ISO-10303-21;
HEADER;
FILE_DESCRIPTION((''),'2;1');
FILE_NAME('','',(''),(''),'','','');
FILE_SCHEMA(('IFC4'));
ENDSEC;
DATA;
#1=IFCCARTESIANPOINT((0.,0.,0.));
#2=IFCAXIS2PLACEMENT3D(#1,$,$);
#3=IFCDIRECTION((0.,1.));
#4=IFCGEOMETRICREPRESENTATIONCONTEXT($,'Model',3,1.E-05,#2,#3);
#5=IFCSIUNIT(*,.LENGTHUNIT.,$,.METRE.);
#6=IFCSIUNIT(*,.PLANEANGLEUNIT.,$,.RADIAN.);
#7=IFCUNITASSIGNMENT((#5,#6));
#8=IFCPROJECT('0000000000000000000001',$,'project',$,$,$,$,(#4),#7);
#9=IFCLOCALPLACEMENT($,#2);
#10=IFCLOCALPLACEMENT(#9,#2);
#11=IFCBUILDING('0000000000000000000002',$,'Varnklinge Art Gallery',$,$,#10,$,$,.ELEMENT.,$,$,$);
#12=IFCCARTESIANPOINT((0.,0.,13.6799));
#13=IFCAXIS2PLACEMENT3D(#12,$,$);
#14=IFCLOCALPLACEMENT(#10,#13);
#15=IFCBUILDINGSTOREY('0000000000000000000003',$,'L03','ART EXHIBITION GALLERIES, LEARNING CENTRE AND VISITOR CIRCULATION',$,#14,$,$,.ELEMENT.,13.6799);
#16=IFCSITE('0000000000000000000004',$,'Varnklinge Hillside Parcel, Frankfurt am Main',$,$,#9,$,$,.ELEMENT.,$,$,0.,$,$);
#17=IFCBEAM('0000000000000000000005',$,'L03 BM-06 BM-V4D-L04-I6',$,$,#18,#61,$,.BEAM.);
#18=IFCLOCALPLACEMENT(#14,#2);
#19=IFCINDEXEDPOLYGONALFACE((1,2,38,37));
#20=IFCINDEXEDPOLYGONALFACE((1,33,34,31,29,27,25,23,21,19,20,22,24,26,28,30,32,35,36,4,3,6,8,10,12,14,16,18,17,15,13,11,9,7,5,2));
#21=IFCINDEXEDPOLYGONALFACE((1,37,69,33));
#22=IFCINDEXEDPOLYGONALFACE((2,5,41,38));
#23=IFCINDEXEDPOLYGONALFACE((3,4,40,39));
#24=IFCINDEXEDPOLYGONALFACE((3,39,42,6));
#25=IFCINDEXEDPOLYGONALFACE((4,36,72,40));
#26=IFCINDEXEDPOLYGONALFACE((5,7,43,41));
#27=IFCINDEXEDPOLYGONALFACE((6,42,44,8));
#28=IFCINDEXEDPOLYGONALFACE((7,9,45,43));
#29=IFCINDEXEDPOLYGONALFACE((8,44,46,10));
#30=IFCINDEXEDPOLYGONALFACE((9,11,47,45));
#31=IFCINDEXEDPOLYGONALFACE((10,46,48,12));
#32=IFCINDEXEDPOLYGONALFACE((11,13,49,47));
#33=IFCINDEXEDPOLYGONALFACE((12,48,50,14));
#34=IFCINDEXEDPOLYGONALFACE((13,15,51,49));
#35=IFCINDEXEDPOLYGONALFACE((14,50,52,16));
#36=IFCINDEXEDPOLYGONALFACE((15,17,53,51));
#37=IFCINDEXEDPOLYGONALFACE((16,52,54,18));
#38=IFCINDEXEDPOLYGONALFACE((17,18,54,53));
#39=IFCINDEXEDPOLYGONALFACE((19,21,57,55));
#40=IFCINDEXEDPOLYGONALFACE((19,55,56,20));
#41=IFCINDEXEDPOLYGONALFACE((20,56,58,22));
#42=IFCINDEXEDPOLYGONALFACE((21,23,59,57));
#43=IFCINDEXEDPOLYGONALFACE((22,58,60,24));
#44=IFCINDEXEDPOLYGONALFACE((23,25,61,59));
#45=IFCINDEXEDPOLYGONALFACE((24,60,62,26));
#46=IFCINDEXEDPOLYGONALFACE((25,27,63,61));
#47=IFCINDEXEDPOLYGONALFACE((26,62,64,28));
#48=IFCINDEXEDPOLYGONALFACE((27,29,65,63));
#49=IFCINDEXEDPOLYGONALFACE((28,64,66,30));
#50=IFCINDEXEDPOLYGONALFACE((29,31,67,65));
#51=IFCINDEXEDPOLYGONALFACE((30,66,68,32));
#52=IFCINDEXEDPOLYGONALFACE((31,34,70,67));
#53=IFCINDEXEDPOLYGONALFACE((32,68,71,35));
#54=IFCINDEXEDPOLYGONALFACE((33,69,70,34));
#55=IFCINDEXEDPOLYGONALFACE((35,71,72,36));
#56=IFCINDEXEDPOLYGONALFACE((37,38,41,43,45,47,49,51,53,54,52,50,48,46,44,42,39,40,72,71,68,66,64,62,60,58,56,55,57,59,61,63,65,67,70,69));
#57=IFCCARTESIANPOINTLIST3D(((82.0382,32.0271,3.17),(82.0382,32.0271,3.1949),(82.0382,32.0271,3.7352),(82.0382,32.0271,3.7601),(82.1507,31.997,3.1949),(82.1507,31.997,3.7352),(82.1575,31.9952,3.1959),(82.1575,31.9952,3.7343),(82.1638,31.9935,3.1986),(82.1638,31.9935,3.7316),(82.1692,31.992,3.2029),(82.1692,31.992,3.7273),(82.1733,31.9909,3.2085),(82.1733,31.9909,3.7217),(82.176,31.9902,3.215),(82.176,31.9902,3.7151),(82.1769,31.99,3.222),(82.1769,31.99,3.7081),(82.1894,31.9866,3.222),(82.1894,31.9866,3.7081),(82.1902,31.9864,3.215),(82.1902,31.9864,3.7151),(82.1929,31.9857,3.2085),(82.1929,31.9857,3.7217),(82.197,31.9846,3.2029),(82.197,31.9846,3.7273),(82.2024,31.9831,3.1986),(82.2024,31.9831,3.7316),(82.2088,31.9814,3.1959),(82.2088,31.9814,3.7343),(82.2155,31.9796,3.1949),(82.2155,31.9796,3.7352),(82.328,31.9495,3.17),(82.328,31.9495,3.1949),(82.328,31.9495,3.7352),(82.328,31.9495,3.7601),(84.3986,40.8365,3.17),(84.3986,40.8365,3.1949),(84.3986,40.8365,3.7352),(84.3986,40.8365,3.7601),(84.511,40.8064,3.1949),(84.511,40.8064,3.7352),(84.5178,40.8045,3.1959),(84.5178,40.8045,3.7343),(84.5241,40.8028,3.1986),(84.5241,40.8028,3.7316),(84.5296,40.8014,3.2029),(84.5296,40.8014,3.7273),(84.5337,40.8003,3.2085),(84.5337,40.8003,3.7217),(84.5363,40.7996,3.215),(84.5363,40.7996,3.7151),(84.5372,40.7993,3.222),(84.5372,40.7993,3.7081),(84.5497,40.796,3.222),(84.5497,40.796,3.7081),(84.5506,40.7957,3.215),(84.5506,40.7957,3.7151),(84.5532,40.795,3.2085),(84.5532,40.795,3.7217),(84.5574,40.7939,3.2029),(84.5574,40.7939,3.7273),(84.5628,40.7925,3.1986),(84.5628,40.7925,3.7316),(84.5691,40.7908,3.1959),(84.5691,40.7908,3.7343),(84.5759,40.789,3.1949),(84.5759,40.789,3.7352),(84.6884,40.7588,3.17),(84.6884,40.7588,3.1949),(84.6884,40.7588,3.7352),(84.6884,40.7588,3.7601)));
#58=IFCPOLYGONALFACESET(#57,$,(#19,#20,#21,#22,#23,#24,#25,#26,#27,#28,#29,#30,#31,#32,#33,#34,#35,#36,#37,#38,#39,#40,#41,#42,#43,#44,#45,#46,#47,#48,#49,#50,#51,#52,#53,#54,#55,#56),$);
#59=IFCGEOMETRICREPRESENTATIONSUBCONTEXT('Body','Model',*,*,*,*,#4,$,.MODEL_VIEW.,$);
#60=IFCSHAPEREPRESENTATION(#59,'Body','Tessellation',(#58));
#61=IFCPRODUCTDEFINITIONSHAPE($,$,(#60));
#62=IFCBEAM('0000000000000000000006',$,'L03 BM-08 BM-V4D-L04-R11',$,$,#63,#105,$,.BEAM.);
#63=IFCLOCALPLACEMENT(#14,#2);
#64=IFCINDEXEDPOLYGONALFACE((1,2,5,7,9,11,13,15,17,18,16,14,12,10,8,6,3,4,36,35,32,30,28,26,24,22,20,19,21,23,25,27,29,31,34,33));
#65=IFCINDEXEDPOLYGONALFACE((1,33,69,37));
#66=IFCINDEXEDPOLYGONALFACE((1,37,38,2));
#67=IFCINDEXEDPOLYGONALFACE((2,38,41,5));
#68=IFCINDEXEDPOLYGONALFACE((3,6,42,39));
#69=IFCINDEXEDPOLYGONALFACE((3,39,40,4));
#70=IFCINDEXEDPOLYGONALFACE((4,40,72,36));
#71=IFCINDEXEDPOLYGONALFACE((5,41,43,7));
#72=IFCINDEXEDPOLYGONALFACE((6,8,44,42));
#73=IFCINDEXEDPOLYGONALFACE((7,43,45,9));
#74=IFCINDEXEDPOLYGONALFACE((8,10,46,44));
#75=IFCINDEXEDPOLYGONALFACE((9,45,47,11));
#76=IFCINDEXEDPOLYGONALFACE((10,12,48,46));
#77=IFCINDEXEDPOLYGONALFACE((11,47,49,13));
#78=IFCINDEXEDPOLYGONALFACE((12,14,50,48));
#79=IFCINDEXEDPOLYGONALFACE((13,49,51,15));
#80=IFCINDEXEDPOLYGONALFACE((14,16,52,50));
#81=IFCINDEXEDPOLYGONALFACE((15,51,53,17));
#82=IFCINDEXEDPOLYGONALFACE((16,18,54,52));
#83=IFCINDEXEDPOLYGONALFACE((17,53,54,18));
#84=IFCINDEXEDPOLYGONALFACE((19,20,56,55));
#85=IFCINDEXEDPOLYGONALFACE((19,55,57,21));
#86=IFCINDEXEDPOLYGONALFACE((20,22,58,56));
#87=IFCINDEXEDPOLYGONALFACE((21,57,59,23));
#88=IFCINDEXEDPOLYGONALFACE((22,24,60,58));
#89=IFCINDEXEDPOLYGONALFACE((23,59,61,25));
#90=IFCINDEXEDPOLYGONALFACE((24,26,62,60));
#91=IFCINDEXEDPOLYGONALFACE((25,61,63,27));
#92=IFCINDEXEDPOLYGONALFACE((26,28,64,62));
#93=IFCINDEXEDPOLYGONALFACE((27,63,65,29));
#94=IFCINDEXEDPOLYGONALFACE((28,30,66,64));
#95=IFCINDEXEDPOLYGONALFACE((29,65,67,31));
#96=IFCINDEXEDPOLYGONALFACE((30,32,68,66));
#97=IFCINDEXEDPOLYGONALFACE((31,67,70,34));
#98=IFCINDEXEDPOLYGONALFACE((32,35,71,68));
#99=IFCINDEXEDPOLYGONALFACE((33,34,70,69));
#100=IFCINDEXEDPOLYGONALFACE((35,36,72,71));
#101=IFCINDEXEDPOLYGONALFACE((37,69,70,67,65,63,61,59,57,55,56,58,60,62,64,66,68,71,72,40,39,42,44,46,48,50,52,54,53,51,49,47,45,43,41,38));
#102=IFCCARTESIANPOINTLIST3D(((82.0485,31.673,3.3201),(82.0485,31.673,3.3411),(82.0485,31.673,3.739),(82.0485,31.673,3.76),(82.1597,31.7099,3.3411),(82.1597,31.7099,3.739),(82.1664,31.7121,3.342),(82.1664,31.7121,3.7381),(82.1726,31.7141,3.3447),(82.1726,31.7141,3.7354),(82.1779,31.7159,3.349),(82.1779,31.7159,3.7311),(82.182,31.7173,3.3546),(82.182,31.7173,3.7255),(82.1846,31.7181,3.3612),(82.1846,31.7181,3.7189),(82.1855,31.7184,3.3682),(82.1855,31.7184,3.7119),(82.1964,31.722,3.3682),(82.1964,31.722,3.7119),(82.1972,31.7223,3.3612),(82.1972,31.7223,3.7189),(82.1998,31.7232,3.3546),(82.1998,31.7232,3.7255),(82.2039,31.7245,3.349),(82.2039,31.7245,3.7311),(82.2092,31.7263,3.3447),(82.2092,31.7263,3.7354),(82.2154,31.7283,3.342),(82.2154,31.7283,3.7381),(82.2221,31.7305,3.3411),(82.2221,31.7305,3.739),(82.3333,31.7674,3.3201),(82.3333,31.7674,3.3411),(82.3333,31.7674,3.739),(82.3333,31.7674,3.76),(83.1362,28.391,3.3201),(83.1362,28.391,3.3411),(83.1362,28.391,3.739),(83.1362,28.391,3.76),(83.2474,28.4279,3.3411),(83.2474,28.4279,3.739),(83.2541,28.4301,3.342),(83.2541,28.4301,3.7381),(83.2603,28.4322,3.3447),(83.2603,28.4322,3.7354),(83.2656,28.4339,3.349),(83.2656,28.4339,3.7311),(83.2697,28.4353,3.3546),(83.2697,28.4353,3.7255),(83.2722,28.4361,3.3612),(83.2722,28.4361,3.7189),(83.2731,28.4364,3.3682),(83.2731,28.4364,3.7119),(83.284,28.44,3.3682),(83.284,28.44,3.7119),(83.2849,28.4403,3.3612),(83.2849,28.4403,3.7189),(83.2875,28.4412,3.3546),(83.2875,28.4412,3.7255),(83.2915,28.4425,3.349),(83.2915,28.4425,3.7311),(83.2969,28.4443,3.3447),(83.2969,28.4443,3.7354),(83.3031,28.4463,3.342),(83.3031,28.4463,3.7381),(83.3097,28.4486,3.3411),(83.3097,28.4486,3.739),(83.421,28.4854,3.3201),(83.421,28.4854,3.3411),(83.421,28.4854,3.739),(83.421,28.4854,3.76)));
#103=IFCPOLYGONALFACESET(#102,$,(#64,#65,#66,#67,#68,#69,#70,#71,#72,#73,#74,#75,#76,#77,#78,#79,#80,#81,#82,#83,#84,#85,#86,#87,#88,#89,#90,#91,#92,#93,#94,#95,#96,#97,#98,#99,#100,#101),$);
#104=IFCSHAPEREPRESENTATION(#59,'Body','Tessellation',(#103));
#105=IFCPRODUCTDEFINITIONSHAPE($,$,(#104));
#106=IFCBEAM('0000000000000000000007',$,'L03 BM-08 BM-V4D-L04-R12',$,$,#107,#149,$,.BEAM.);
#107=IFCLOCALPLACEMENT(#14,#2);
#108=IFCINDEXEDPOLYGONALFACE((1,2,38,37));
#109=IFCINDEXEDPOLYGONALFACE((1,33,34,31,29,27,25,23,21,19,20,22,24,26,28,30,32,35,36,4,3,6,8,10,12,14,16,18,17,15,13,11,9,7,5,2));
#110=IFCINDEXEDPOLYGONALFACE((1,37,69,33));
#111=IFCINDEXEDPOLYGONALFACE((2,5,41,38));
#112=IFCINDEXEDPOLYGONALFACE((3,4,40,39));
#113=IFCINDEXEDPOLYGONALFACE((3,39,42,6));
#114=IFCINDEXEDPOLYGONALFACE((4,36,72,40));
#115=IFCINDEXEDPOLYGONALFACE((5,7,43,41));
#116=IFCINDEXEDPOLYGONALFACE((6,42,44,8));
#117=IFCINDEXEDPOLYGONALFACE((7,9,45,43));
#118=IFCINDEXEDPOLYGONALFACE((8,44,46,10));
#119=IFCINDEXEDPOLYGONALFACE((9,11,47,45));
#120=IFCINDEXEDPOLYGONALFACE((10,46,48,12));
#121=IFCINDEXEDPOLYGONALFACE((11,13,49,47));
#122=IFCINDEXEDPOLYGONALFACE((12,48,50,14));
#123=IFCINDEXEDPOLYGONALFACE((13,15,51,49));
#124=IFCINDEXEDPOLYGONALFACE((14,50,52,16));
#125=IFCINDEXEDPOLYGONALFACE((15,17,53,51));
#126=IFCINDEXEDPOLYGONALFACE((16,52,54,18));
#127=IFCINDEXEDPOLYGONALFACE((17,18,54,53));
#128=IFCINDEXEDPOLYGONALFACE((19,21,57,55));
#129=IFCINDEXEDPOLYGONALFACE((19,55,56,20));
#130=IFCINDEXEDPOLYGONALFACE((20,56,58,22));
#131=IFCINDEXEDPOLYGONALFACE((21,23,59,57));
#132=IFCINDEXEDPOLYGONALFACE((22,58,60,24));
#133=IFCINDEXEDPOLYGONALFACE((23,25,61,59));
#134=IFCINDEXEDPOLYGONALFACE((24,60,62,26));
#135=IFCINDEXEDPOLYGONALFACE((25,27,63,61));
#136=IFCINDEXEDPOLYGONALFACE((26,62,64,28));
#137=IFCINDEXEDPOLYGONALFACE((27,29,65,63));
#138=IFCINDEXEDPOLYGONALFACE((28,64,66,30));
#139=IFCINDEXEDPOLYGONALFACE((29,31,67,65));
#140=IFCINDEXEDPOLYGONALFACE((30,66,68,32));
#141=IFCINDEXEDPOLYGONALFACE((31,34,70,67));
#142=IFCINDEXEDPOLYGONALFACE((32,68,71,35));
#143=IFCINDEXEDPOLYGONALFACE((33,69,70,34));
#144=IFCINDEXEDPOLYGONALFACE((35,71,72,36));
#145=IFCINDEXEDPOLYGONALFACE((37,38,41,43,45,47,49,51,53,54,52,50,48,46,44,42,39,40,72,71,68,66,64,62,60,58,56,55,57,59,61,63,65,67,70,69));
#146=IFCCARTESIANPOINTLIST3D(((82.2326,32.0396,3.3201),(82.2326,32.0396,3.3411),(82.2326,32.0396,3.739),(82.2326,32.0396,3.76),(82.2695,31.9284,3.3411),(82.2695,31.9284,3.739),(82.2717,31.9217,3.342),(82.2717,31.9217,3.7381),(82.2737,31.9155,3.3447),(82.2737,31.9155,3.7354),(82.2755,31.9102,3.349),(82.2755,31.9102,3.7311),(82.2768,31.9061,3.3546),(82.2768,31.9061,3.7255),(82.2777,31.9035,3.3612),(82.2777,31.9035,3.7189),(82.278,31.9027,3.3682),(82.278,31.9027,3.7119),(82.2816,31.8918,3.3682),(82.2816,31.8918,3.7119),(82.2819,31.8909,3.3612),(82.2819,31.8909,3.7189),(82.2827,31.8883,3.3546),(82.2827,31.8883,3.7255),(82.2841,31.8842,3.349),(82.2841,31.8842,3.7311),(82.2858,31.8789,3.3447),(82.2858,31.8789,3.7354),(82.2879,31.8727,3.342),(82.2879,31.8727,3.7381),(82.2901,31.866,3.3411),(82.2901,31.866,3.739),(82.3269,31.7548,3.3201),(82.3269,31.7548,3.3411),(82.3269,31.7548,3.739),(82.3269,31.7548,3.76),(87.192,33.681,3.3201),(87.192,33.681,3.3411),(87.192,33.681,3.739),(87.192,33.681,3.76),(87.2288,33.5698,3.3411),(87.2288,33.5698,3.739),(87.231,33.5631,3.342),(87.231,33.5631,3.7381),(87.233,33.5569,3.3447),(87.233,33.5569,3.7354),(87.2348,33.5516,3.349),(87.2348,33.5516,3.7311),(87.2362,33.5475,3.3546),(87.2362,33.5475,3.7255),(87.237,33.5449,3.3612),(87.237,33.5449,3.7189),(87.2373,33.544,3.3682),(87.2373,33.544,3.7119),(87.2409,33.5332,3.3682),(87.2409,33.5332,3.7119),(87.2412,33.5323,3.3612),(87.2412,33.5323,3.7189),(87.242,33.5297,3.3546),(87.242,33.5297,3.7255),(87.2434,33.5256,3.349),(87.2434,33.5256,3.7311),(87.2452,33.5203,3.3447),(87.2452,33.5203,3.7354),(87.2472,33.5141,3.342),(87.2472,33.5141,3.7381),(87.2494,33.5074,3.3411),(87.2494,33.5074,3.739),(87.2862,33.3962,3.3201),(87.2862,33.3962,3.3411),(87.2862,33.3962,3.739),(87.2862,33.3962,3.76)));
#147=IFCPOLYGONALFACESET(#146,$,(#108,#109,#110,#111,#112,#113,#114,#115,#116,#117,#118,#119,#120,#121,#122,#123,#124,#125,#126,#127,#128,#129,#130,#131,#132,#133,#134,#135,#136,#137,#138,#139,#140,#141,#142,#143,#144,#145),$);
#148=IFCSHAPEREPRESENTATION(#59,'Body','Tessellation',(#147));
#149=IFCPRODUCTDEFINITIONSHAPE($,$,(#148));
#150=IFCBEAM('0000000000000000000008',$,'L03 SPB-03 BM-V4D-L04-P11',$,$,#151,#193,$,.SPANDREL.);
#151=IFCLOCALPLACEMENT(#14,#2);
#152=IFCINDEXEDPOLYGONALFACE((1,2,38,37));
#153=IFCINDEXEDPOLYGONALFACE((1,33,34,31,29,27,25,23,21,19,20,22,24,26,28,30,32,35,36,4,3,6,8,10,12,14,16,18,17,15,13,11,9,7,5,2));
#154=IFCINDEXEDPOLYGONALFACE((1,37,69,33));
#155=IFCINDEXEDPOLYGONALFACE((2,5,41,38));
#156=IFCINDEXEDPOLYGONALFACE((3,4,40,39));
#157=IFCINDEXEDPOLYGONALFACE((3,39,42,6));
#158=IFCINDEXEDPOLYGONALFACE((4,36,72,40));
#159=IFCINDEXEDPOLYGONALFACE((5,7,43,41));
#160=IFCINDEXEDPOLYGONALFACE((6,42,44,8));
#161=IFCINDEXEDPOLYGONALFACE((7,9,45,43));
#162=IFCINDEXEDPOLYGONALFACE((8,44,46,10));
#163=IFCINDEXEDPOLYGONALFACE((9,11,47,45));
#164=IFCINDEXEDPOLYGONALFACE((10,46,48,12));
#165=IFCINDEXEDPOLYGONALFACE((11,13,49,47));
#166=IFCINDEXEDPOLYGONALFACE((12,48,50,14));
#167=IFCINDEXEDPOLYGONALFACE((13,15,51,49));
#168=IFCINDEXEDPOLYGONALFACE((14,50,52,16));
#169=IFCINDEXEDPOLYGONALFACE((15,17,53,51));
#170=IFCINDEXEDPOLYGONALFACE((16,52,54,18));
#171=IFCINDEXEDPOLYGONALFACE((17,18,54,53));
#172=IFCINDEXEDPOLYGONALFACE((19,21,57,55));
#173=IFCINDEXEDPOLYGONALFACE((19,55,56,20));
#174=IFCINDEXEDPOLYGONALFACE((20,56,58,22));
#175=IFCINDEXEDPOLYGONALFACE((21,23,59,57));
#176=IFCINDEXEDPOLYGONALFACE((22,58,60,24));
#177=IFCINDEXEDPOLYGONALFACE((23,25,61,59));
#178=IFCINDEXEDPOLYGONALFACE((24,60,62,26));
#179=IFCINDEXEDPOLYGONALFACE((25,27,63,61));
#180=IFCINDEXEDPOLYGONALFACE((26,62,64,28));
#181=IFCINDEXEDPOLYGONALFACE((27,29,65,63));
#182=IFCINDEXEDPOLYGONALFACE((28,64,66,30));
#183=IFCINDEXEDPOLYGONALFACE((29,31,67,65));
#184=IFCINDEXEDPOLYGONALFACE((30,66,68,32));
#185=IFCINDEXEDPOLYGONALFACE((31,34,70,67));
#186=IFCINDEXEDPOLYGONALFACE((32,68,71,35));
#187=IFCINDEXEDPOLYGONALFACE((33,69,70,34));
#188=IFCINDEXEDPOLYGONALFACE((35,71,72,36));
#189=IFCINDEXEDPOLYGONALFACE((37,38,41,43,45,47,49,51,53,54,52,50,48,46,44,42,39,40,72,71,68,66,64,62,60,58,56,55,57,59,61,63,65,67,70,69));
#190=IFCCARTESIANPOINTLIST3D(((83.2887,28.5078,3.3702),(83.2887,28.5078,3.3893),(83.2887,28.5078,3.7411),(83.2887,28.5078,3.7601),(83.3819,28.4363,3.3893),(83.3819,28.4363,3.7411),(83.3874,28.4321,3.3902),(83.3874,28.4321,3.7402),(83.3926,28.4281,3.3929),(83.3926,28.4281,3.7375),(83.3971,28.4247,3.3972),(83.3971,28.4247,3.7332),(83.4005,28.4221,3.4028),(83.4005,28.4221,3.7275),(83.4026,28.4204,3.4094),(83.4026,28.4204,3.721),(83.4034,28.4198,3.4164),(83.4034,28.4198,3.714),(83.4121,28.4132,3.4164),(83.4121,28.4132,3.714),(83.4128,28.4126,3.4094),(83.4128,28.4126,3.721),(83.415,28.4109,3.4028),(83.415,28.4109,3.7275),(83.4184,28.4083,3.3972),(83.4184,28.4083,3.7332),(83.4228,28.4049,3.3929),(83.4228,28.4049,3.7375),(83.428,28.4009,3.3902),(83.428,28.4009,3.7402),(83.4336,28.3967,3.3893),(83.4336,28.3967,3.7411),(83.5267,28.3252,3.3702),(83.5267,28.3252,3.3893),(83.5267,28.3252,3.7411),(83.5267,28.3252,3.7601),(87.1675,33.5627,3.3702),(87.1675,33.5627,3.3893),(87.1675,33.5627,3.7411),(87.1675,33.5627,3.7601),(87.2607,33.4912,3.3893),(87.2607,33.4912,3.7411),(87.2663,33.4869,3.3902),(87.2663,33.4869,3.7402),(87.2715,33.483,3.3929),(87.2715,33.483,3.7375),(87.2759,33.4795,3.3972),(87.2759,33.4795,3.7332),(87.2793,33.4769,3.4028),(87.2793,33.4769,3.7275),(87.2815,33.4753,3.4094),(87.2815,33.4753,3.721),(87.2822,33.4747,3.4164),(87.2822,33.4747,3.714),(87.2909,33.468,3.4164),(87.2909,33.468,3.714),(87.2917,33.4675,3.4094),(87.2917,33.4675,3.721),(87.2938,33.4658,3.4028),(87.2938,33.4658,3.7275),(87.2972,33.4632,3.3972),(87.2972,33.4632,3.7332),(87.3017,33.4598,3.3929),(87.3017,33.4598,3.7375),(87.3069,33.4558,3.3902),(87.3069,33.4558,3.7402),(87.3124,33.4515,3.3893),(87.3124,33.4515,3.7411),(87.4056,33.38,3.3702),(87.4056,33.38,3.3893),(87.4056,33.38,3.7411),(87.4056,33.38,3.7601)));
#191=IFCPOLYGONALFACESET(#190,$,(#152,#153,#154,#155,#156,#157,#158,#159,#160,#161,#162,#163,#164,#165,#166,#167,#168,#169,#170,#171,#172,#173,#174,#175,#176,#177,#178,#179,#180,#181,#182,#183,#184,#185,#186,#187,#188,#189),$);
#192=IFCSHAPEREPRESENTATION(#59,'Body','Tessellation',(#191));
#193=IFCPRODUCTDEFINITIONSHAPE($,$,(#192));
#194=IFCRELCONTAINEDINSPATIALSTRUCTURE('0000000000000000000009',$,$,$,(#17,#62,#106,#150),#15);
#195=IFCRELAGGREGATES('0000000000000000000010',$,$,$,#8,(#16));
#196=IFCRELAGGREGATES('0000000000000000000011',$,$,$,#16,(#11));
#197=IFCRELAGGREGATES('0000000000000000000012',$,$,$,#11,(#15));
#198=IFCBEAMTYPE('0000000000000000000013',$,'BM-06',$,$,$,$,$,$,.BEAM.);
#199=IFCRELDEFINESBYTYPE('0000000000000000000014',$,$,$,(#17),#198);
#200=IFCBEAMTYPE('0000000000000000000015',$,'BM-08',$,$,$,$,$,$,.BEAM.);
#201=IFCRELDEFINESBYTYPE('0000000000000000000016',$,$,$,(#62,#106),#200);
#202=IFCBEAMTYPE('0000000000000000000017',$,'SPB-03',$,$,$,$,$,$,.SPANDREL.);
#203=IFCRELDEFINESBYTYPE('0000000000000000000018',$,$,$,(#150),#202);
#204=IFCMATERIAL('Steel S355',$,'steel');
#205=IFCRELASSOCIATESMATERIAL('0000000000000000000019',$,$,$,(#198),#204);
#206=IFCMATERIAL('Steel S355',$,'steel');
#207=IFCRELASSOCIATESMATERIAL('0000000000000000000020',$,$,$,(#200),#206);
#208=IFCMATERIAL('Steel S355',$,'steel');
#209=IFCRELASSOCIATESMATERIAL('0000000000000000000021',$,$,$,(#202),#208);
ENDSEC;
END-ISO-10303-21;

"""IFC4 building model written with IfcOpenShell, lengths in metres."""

from ifc_helpers import new_model, si_unit, direction, frame, origin, origin_2d, place, context, subcontext, project, spatial, i_section, extrude, material, material_profile, profile_set, type_object, element, save


model = new_model("IFC4")

# Units and contexts
model_context = context("Model", 3, precision=1e-05, world=origin(), true_north=direction((0.0, 1.0)))
body_context = subcontext(model_context, "Body", "Model", "MODEL_VIEW")
ifc_project = project(units=[si_unit("LENGTHUNIT", "METRE"), si_unit("PLANEANGLEUNIT", "RADIAN")], contexts=[model_context])

# Site, building, storey
site_placement = place(None, origin())
site = spatial("IfcSite", under=ifc_project, at=site_placement, Name="Varnklinge Hillside Parcel, Frankfurt am Main", CompositionType="ELEMENT", RefElevation=0.0)
building_placement = place(site_placement, origin())
building = spatial("IfcBuilding", under=site, at=building_placement, Name="Varnklinge Art Gallery", CompositionType="ELEMENT")
storey_placement = place(building_placement, frame((0.0, 0.0, 13.6799)))
storey = spatial("IfcBuildingStorey", under=building, at=storey_placement, Name="L03", Description="ART EXHIBITION GALLERIES, LEARNING CENTRE AND VISITOR CIRCULATION", CompositionType="ELEMENT", Elevation=13.6799)

# Beams
ifc_material_1 = material(Name="Steel S355", Category="steel")
ifc_material_profile_1 = material_profile(ifc_material_1, i_section(OverallWidth=0.3, OverallDepth=0.5901, WebThickness=0.0129, FlangeThickness=0.0249, FilletRadius=0.0271, at=origin_2d()), Name="HEA 600")
ifc_profile_set_1 = profile_set([ifc_material_profile_1], Name="Steel S355")
beam_type_1 = type_object("IfcBeamType", Name="BM-06", PredefinedType="BEAM", material=ifc_profile_set_1)
beam_1_placement = place(storey_placement, frame((82.1831, 31.9883, 3.4651), z_axis=(0.258809, 0.965929, 0.0), x_axis=(-0.965929, 0.258809, 0.0)))
element("IfcBeam", 1, at=beam_1_placement, inside=storey, type_object=beam_type_1, Name="L03 BM-06 BM-V4D-L04-I6", PredefinedType="BEAM", context=body_context, shape_type="SweptSolid", body=[
    extrude(i_section(OverallWidth=0.3, OverallDepth=0.5901, WebThickness=0.0129, FlangeThickness=0.0249, FilletRadius=0.0271, at=origin_2d()), origin(), (0.0, 0.0, 1.0), 9.1201),
])
ifc_material_2 = material(Name="Steel S355", Category="steel")
ifc_material_profile_2 = material_profile(ifc_material_2, i_section(OverallWidth=0.3, OverallDepth=0.4399, WebThickness=0.0115, FlangeThickness=0.021, FilletRadius=0.0271, at=origin_2d()), Name="HEA 450")
ifc_profile_set_2 = profile_set([ifc_material_profile_2], Name="Steel S355")
beam_type_2 = type_object("IfcBeamType", Name="BM-08", PredefinedType="BEAM", material=ifc_profile_set_2)
beam_2_placement = place(storey_placement, frame((82.1909, 31.7202, 3.54), z_axis=(0.314575, -0.949233, 0.0), x_axis=(0.949233, 0.314575, 0.0)))
element("IfcBeam", 2, at=beam_2_placement, inside=storey, type_object=beam_type_2, Name="L03 BM-08 BM-V4D-L04-R11", PredefinedType="BEAM", context=body_context, shape_type="SweptSolid", body=[
    extrude(i_section(OverallWidth=0.3, OverallDepth=0.4399, WebThickness=0.0115, FlangeThickness=0.021, FilletRadius=0.0271, at=origin_2d()), origin(), (0.0, 0.0, 1.0), 3.4575),
])
beam_3_placement = place(storey_placement, frame((82.2798, 31.8972, 3.54), z_axis=(0.949354, 0.314208, 0.0), x_axis=(-0.314208, 0.949354, 0.0)))
element("IfcBeam", 3, at=beam_3_placement, inside=storey, type_object=beam_type_2, Name="L03 BM-08 BM-V4D-L04-R12", PredefinedType="BEAM", context=body_context, shape_type="SweptSolid", body=[
    extrude(i_section(OverallWidth=0.3, OverallDepth=0.4399, WebThickness=0.0115, FlangeThickness=0.021, FilletRadius=0.0271, at=origin_2d()), origin(), (0.0, 0.0, 1.0), 5.2239),
])
ifc_material_3 = material(Name="Steel S355", Category="steel")
ifc_material_profile_3 = material_profile(ifc_material_3, i_section(OverallWidth=0.3, OverallDepth=0.3899, WebThickness=0.011, FlangeThickness=0.019, FilletRadius=0.0271, at=origin_2d()), Name="HEA 400")
ifc_profile_set_3 = profile_set([ifc_material_profile_3], Name="Steel S355")
beam_type_3 = type_object("IfcBeamType", Name="SPB-03", PredefinedType="SPANDREL", material=ifc_profile_set_3)
beam_4_placement = place(storey_placement, frame((83.4077, 28.4165, 3.5652), z_axis=(0.608773, 0.793344, 0.0), x_axis=(-0.793344, 0.608773, 0.0)))
element("IfcBeam", 4, at=beam_4_placement, inside=storey, type_object=beam_type_3, Name="L03 SPB-03 BM-V4D-L04-P11", PredefinedType="SPANDREL", context=body_context, shape_type="SweptSolid", body=[
    extrude(i_section(OverallWidth=0.3, OverallDepth=0.3899, WebThickness=0.011, FlangeThickness=0.019, FilletRadius=0.0271, at=origin_2d()), origin(), (0.0, 0.0, 1.0), 6.3716),
])

save(model, "model.ifc")
